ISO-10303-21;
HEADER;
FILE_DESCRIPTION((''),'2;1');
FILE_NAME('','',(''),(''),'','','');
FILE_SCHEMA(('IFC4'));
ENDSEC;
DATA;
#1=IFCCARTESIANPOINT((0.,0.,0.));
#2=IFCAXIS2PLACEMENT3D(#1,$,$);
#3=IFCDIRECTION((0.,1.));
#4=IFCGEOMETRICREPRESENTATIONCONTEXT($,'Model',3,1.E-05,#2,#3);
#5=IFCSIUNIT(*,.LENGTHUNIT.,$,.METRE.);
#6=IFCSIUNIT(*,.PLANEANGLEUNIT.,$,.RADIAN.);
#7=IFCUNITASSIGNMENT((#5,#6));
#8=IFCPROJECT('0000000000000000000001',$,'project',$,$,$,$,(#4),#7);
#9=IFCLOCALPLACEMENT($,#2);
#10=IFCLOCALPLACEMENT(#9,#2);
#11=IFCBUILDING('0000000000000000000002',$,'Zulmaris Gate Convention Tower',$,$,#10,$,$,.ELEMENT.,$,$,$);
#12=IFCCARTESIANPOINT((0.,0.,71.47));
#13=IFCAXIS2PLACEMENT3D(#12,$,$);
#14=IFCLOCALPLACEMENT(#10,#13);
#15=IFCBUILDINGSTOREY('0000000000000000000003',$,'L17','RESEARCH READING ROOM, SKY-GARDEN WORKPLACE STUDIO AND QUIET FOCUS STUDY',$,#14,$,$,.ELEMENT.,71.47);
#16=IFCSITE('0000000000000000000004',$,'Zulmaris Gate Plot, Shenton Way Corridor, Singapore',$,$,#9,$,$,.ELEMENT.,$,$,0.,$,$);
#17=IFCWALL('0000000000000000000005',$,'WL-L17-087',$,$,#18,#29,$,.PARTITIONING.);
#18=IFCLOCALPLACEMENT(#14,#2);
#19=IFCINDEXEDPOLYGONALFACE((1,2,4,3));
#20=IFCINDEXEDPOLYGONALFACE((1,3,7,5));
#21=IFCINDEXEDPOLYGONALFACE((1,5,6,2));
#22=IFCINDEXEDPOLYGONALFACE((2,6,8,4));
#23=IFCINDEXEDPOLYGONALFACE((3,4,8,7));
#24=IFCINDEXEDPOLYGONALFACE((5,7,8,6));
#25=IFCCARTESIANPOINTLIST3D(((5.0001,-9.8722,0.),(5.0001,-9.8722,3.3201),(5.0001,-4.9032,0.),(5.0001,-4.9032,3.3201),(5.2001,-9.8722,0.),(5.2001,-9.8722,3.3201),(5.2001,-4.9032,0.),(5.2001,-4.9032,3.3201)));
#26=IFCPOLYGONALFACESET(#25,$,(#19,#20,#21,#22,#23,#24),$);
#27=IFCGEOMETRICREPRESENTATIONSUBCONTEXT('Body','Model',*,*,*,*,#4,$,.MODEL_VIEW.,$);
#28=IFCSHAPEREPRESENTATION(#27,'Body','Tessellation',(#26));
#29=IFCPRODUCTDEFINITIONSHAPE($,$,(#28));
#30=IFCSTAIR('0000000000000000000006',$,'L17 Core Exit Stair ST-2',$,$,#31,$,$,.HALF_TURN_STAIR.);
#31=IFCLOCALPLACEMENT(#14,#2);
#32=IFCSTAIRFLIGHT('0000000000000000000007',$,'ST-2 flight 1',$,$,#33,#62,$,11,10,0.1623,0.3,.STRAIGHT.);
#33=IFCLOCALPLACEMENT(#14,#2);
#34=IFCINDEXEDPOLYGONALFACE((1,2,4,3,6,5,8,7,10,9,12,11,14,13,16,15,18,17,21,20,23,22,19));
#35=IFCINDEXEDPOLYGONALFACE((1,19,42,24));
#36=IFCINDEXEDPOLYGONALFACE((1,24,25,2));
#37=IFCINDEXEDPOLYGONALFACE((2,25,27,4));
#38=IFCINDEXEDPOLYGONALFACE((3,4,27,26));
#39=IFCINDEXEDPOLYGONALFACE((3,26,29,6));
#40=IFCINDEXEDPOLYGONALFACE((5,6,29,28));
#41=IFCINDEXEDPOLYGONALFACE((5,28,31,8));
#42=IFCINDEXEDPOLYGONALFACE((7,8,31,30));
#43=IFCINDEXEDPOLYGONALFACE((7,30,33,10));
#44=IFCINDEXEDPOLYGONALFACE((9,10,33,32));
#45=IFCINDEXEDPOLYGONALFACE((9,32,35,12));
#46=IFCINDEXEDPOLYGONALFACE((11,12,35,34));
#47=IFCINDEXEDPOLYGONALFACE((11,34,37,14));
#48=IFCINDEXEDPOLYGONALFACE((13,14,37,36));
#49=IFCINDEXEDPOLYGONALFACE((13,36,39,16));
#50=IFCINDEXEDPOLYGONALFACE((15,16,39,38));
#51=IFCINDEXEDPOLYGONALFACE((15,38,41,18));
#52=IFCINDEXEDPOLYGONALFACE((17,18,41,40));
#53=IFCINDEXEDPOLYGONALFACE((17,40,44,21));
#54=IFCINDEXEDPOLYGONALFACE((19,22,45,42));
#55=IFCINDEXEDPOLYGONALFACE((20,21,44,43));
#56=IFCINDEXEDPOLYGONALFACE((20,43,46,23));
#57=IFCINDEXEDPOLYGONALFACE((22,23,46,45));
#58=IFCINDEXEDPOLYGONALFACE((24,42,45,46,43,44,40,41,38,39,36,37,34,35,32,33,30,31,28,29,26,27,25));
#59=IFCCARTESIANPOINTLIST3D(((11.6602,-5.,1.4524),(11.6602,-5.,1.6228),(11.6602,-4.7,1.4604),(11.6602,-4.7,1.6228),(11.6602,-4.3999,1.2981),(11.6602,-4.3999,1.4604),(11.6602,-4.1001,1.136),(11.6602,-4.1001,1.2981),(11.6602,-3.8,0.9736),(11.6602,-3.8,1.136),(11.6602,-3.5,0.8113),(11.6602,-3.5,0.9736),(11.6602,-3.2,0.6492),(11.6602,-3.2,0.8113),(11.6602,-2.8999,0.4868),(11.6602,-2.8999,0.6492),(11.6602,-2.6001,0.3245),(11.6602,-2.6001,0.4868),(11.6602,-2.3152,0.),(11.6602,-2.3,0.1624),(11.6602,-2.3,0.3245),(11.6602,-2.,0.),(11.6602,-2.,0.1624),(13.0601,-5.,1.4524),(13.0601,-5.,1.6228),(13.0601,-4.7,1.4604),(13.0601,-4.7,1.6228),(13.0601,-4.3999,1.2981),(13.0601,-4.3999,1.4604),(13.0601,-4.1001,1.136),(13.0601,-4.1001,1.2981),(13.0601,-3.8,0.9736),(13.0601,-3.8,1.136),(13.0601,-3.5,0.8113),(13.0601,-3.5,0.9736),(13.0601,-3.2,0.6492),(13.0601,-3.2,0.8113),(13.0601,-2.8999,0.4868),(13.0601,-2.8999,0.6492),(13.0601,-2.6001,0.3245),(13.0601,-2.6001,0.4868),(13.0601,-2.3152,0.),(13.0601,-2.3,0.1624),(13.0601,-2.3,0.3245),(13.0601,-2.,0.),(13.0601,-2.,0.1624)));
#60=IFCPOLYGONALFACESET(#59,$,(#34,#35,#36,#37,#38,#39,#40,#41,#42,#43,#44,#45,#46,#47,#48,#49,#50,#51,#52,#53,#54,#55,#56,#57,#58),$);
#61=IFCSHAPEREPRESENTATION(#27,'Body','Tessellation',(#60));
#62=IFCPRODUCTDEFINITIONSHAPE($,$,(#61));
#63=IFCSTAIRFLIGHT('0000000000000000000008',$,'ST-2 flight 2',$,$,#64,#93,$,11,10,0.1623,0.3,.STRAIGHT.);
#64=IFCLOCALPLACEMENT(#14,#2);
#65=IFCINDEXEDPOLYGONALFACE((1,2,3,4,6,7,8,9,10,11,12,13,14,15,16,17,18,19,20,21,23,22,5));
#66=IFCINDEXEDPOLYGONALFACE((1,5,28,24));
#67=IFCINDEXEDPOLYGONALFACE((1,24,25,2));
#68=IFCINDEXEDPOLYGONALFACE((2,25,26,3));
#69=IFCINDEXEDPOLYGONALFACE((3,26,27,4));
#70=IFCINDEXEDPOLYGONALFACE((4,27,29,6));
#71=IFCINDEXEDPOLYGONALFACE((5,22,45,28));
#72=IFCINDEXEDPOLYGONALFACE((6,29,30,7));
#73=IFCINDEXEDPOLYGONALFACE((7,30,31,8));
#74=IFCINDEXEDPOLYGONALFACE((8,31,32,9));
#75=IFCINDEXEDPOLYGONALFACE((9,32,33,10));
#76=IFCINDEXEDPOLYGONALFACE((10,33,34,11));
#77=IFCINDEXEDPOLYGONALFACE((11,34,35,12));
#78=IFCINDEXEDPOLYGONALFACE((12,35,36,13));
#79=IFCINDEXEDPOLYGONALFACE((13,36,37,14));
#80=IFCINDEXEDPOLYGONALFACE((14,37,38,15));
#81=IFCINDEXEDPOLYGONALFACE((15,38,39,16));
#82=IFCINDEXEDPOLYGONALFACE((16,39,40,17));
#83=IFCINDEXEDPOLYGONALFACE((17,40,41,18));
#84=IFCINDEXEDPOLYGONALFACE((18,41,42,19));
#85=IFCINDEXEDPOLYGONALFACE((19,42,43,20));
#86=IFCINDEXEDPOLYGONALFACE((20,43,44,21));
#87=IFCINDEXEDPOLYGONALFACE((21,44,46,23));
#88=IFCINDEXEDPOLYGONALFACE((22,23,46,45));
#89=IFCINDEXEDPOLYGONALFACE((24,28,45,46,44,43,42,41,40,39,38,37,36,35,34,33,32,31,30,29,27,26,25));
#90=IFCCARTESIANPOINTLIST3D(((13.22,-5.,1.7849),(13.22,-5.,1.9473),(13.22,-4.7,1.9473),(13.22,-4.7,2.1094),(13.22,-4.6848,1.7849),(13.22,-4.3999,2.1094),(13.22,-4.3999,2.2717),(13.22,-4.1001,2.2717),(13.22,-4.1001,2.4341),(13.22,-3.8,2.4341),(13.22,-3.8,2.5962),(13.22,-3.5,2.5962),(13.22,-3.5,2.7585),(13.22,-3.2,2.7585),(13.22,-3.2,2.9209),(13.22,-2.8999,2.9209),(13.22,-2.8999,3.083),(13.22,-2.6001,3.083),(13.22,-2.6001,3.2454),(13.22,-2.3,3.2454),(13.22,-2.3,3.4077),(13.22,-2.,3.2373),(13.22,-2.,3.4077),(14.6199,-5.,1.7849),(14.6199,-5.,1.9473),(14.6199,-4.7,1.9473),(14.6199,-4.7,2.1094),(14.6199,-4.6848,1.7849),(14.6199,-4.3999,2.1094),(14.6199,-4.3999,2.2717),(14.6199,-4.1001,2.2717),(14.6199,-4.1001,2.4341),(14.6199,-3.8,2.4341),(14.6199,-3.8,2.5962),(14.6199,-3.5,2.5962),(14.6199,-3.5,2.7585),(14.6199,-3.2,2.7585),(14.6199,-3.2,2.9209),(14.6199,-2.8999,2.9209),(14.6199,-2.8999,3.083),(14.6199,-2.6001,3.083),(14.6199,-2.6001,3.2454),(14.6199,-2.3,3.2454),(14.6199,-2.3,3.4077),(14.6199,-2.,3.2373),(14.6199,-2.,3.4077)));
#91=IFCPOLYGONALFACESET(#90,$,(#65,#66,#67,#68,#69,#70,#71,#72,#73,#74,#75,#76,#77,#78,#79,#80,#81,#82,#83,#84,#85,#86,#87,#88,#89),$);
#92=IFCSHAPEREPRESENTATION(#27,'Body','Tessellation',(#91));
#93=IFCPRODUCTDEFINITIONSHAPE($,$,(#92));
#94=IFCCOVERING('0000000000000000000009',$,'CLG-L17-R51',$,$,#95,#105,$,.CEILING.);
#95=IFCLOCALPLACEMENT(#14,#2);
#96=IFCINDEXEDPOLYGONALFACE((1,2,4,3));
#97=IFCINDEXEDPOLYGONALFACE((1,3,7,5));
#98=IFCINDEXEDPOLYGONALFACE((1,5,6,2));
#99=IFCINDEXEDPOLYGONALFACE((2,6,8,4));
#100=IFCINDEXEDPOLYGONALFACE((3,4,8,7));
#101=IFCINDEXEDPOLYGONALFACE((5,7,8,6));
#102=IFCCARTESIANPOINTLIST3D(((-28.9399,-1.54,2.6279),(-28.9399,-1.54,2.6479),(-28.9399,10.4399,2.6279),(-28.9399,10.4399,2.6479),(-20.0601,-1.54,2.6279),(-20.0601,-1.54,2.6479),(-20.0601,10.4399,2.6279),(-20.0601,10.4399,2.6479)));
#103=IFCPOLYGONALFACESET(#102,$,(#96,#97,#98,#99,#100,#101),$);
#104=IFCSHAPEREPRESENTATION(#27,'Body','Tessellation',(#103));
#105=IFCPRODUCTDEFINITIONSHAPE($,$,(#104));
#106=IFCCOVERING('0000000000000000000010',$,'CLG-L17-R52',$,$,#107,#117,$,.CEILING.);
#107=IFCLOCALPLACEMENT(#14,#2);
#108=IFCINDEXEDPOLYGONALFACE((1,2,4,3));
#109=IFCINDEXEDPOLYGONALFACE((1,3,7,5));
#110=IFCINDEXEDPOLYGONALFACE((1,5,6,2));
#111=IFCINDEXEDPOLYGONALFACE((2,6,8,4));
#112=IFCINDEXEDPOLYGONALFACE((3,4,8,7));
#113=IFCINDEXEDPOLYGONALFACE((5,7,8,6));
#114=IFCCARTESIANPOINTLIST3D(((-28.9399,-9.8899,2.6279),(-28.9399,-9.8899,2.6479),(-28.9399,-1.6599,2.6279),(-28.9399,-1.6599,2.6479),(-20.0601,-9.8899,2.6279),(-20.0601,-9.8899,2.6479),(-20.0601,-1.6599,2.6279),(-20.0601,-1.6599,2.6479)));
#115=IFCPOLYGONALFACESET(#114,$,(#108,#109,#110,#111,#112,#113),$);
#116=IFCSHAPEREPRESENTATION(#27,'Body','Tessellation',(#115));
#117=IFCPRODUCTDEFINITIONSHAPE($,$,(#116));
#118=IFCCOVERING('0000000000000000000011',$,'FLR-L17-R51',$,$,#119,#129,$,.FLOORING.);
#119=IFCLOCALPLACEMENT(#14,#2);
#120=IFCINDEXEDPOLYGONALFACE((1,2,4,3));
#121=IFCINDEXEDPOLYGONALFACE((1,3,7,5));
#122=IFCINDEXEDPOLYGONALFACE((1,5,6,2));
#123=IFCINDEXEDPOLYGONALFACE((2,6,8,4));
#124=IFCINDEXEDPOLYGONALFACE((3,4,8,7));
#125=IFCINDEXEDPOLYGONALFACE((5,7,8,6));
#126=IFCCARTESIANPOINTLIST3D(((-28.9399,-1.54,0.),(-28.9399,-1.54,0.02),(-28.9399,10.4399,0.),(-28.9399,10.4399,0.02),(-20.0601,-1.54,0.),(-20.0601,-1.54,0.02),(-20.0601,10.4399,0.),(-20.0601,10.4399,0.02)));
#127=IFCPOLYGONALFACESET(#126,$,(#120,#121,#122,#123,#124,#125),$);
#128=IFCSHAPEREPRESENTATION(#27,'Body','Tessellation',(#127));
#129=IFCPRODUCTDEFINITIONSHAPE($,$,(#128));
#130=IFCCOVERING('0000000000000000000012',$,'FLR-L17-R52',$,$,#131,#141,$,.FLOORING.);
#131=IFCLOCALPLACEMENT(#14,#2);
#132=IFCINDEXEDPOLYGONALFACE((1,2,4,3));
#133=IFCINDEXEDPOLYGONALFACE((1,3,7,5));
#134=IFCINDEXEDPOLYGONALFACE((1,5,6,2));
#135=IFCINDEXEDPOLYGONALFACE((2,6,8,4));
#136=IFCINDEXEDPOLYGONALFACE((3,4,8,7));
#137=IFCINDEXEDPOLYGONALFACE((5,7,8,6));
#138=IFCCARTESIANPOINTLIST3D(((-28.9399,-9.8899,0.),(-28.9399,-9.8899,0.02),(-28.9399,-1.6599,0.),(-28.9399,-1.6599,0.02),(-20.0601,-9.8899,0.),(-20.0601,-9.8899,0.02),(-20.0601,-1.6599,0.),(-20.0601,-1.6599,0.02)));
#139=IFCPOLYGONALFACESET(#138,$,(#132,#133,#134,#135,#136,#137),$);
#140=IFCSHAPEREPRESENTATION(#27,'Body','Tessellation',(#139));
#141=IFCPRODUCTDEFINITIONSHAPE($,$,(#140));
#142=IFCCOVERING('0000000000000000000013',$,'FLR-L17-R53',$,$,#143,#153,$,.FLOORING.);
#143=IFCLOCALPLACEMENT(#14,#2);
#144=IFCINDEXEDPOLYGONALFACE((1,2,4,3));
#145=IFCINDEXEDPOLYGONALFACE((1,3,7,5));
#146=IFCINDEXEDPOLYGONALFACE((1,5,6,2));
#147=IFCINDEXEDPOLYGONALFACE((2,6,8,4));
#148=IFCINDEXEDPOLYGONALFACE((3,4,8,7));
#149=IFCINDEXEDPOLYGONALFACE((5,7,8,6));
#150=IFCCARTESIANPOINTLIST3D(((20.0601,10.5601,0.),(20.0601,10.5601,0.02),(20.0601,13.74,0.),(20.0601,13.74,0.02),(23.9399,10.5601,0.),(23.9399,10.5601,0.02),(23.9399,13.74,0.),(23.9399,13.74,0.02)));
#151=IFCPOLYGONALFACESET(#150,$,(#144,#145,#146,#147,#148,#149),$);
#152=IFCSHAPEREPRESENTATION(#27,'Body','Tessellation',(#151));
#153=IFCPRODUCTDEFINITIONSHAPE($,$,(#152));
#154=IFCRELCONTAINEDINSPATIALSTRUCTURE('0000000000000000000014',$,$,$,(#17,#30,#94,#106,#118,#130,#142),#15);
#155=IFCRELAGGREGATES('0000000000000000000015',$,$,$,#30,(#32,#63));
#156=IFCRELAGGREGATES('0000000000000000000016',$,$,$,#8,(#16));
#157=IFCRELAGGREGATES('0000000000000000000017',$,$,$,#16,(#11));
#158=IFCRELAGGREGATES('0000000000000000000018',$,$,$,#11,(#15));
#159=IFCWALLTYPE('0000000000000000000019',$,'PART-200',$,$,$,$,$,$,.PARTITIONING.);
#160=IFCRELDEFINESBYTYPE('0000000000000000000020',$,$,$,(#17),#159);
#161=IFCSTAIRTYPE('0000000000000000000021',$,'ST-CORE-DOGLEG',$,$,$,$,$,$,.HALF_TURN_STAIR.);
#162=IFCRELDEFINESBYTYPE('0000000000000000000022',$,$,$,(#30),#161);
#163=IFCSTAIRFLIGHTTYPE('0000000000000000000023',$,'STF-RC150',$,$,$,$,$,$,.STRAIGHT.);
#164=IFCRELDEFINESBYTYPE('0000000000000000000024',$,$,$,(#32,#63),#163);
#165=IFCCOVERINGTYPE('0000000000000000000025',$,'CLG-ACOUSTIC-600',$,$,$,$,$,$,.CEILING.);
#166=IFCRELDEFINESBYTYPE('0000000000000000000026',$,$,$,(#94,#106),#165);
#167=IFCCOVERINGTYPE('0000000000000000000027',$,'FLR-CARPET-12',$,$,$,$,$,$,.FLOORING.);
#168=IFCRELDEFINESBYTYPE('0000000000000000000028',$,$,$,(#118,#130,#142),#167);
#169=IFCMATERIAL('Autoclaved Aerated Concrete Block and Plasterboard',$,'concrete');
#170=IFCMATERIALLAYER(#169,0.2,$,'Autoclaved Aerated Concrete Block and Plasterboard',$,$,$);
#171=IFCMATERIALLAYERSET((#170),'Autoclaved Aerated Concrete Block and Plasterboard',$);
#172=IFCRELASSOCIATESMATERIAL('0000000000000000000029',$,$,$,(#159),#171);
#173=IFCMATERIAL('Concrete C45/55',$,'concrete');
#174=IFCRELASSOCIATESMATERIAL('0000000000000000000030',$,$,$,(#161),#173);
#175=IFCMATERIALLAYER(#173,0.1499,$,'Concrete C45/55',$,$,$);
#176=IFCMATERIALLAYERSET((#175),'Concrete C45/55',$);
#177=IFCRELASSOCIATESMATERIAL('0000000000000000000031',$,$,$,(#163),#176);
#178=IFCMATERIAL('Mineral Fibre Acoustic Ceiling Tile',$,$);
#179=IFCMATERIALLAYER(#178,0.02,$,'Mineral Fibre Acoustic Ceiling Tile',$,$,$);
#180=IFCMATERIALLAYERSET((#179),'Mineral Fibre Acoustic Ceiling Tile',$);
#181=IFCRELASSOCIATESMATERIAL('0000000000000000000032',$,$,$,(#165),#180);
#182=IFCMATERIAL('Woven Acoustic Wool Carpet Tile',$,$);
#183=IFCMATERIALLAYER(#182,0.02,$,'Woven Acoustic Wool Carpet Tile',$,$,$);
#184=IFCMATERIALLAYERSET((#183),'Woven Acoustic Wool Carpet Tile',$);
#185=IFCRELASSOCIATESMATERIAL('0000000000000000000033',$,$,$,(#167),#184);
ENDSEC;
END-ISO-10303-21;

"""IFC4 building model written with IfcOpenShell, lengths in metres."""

from ifc_helpers import new_model, si_unit, direction, frame, frame_2d, origin, place, context, subcontext, project, spatial, polyline, rectangle, outline, extrude, material, layer, layer_set, type_object, element, aggregate, save


model = new_model("IFC4")

# Units and contexts
model_context = context("Model", 3, precision=1e-05, world=origin(), true_north=direction((0.0, 1.0)))
body_context = subcontext(model_context, "Body", "Model", "MODEL_VIEW")
ifc_project = project(units=[si_unit("LENGTHUNIT", "METRE"), si_unit("PLANEANGLEUNIT", "RADIAN")], contexts=[model_context])

# Site, building, storey
site_placement = place(None, origin())
site = spatial("IfcSite", under=ifc_project, at=site_placement, Name="Zulmaris Gate Plot, Shenton Way Corridor, Singapore", CompositionType="ELEMENT", RefElevation=0.0)
building_placement = place(site_placement, origin())
building = spatial("IfcBuilding", under=site, at=building_placement, Name="Zulmaris Gate Convention Tower", CompositionType="ELEMENT")
storey_placement = place(building_placement, frame((0.0, 0.0, 71.47)))
storey = spatial("IfcBuildingStorey", under=building, at=storey_placement, Name="L17", Description="RESEARCH READING ROOM, SKY-GARDEN WORKPLACE STUDIO AND QUIET FOCUS STUDY", CompositionType="ELEMENT", Elevation=71.47)

# Wall
ifc_material_1 = material(Name="Autoclaved Aerated Concrete Block and Plasterboard", Category="concrete")
ifc_layer_1 = layer(ifc_material_1, 0.2, Name="Autoclaved Aerated Concrete Block and Plasterboard")
ifc_layer_set_1 = layer_set([ifc_layer_1], Name="Autoclaved Aerated Concrete Block and Plasterboard")
wall_type_1 = type_object("IfcWallType", Name="PART-200", PredefinedType="PARTITIONING", material=ifc_layer_set_1)
wall_1_placement = place(storey_placement, frame((5.1001, -9.8721, 0.0), z_axis=(0.0, 0.0, 1.0), x_axis=(0.0, 1.0, 0.0)))
element("IfcWall", 1, at=wall_1_placement, inside=storey, type_object=wall_type_1, Name="WL-L17-087", PredefinedType="PARTITIONING", context=body_context, shape_type="SweptSolid", body=[
    extrude(rectangle(XDim=4.969, YDim=0.2, at=frame_2d((2.4844, 0.0))), origin(), (0.0, 0.0, 1.0), 3.3201),
])

# Stair, stair flights
ifc_material_2 = material(Name="Concrete C45/55", Category="concrete")
stair_type = type_object("IfcStairType", Name="ST-CORE-DOGLEG", PredefinedType="HALF_TURN_STAIR", material=ifc_material_2)
stair_placement = place(storey_placement, origin())
stair = element("IfcStair", 2, at=stair_placement, inside=storey, type_object=stair_type, Name="L17 Core Exit Stair ST-2", PredefinedType="HALF_TURN_STAIR")
ifc_layer_2 = layer(ifc_material_2, 0.1499, Name="Concrete C45/55")
ifc_layer_set_2 = layer_set([ifc_layer_2], Name="Concrete C45/55")
stair_flight_type = type_object("IfcStairFlightType", Name="STF-RC150", PredefinedType="STRAIGHT", material=ifc_layer_set_2)
stair_flight_1_placement = place(storey_placement, frame((12.3601, -2.0, 0.0), z_axis=(0.0, 0.0, 1.0), x_axis=(0.0, -1.0, 0.0)))
stair_flight_1 = element("IfcStairFlight", 3, at=stair_flight_1_placement, type_object=stair_flight_type, Name="ST-2 flight 1", NumberOfRisers=11, NumberOfTreads=10, PredefinedType="STRAIGHT", RiserHeight=0.1623, TreadLength=0.3, context=body_context, shape_type="SweptSolid", body=[
    extrude(outline(polyline([(0.0, 0.0), (0.0, 0.1624), (0.3, 0.1624), (0.3, 0.3245), (0.6001, 0.3245), (0.6001, 0.4868), (0.8999, 0.4868), (0.8999, 0.6492), (1.2, 0.6492), (1.2, 0.8113), (1.5, 0.8113), (1.5, 0.9736), (1.8, 0.9736), (1.8, 1.136), (2.1001, 1.136), (2.1001, 1.2981), (2.3999, 1.2981), (2.3999, 1.4604), (2.7, 1.4604), (2.7, 1.6228), (3.0, 1.6228), (3.0, 1.7849), (3.0, 1.4524), (0.3152, 0.0), (0.0, 0.0)])), frame((0.0, 0.7, 0.0), z_axis=(0.0, -1.0, 0.0), x_axis=(1.0, 0.0, 0.0)), (0.0, 0.0, 1.0), 1.3999),
])
stair_flight_2_placement = place(storey_placement, frame((13.9199, -5.0, 1.7849), z_axis=(0.0, 0.0, 1.0), x_axis=(0.0, 1.0, 0.0)))
stair_flight_2 = element("IfcStairFlight", 4, at=stair_flight_2_placement, type_object=stair_flight_type, Name="ST-2 flight 2", NumberOfRisers=11, NumberOfTreads=10, PredefinedType="STRAIGHT", RiserHeight=0.1623, TreadLength=0.3, context=body_context, shape_type="SweptSolid", body=[
    extrude(outline(polyline([(0.0, 0.0), (0.0, 0.1624), (0.3, 0.1624), (0.3, 0.3245), (0.6001, 0.3245), (0.6001, 0.4868), (0.8999, 0.4868), (0.8999, 0.6492), (1.2, 0.6492), (1.2, 0.8113), (1.5, 0.8113), (1.5, 0.9736), (1.8, 0.9736), (1.8, 1.136), (2.1001, 1.136), (2.1001, 1.2981), (2.3999, 1.2981), (2.3999, 1.4604), (2.7, 1.4604), (2.7, 1.6228), (3.0, 1.6228), (3.0, 1.7849), (3.0, 1.4524), (0.3152, 0.0), (0.0, 0.0)])), frame((0.0, 0.7, 0.0), z_axis=(0.0, -1.0, 0.0), x_axis=(1.0, 0.0, 0.0)), (0.0, 0.0, 1.0), 1.3999),
])
aggregate(stair, [stair_flight_1, stair_flight_2])

# Coverings
ifc_material_3 = material(Name="Mineral Fibre Acoustic Ceiling Tile")
ifc_layer_3 = layer(ifc_material_3, 0.02, Name="Mineral Fibre Acoustic Ceiling Tile")
ifc_layer_set_3 = layer_set([ifc_layer_3], Name="Mineral Fibre Acoustic Ceiling Tile")
covering_type_1 = type_object("IfcCoveringType", Name="CLG-ACOUSTIC-600", PredefinedType="CEILING", material=ifc_layer_set_3)
covering_1_placement = place(storey_placement, frame((0.0, 0.0, 2.6279)))
element("IfcCovering", 5, at=covering_1_placement, inside=storey, type_object=covering_type_1, Name="CLG-L17-R51", PredefinedType="CEILING", context=body_context, shape_type="SweptSolid", body=[
    extrude(outline(polyline([(-28.9399, -1.54), (-20.0601, -1.54), (-20.0601, 10.4399), (-28.9399, 10.4399), (-28.9399, -1.54)])), origin(), (0.0, 0.0, 1.0), 0.02),
])
covering_2_placement = place(storey_placement, frame((0.0, 0.0, 2.6279)))
element("IfcCovering", 6, at=covering_2_placement, inside=storey, type_object=covering_type_1, Name="CLG-L17-R52", PredefinedType="CEILING", context=body_context, shape_type="SweptSolid", body=[
    extrude(outline(polyline([(-28.9399, -9.8899), (-20.0601, -9.8899), (-20.0601, -1.6599), (-28.9399, -1.6599), (-28.9399, -9.8899)])), origin(), (0.0, 0.0, 1.0), 0.02),
])
ifc_material_4 = material(Name="Woven Acoustic Wool Carpet Tile")
ifc_layer_4 = layer(ifc_material_4, 0.02, Name="Woven Acoustic Wool Carpet Tile")
ifc_layer_set_4 = layer_set([ifc_layer_4], Name="Woven Acoustic Wool Carpet Tile")
covering_type_2 = type_object("IfcCoveringType", Name="FLR-CARPET-12", PredefinedType="FLOORING", material=ifc_layer_set_4)
covering_3_placement = place(storey_placement, origin())
element("IfcCovering", 7, at=covering_3_placement, inside=storey, type_object=covering_type_2, Name="FLR-L17-R51", PredefinedType="FLOORING", context=body_context, shape_type="SweptSolid", body=[
    extrude(outline(polyline([(-28.9399, -1.54), (-20.0601, -1.54), (-20.0601, 10.4399), (-28.9399, 10.4399), (-28.9399, -1.54)])), origin(), (0.0, 0.0, 1.0), 0.02),
])
covering_4_placement = place(storey_placement, origin())
element("IfcCovering", 8, at=covering_4_placement, inside=storey, type_object=covering_type_2, Name="FLR-L17-R52", PredefinedType="FLOORING", context=body_context, shape_type="SweptSolid", body=[
    extrude(outline(polyline([(-28.9399, -9.8899), (-20.0601, -9.8899), (-20.0601, -1.6599), (-28.9399, -1.6599), (-28.9399, -9.8899)])), origin(), (0.0, 0.0, 1.0), 0.02),
])
covering_5_placement = place(storey_placement, origin())
element("IfcCovering", 9, at=covering_5_placement, inside=storey, type_object=covering_type_2, Name="FLR-L17-R53", PredefinedType="FLOORING", context=body_context, shape_type="SweptSolid", body=[
    extrude(outline(polyline([(20.0601, 10.5601), (23.9399, 10.5601), (23.9399, 13.74), (20.0601, 13.74), (20.0601, 10.5601)])), origin(), (0.0, 0.0, 1.0), 0.02),
])

save(model, "model.ifc")
